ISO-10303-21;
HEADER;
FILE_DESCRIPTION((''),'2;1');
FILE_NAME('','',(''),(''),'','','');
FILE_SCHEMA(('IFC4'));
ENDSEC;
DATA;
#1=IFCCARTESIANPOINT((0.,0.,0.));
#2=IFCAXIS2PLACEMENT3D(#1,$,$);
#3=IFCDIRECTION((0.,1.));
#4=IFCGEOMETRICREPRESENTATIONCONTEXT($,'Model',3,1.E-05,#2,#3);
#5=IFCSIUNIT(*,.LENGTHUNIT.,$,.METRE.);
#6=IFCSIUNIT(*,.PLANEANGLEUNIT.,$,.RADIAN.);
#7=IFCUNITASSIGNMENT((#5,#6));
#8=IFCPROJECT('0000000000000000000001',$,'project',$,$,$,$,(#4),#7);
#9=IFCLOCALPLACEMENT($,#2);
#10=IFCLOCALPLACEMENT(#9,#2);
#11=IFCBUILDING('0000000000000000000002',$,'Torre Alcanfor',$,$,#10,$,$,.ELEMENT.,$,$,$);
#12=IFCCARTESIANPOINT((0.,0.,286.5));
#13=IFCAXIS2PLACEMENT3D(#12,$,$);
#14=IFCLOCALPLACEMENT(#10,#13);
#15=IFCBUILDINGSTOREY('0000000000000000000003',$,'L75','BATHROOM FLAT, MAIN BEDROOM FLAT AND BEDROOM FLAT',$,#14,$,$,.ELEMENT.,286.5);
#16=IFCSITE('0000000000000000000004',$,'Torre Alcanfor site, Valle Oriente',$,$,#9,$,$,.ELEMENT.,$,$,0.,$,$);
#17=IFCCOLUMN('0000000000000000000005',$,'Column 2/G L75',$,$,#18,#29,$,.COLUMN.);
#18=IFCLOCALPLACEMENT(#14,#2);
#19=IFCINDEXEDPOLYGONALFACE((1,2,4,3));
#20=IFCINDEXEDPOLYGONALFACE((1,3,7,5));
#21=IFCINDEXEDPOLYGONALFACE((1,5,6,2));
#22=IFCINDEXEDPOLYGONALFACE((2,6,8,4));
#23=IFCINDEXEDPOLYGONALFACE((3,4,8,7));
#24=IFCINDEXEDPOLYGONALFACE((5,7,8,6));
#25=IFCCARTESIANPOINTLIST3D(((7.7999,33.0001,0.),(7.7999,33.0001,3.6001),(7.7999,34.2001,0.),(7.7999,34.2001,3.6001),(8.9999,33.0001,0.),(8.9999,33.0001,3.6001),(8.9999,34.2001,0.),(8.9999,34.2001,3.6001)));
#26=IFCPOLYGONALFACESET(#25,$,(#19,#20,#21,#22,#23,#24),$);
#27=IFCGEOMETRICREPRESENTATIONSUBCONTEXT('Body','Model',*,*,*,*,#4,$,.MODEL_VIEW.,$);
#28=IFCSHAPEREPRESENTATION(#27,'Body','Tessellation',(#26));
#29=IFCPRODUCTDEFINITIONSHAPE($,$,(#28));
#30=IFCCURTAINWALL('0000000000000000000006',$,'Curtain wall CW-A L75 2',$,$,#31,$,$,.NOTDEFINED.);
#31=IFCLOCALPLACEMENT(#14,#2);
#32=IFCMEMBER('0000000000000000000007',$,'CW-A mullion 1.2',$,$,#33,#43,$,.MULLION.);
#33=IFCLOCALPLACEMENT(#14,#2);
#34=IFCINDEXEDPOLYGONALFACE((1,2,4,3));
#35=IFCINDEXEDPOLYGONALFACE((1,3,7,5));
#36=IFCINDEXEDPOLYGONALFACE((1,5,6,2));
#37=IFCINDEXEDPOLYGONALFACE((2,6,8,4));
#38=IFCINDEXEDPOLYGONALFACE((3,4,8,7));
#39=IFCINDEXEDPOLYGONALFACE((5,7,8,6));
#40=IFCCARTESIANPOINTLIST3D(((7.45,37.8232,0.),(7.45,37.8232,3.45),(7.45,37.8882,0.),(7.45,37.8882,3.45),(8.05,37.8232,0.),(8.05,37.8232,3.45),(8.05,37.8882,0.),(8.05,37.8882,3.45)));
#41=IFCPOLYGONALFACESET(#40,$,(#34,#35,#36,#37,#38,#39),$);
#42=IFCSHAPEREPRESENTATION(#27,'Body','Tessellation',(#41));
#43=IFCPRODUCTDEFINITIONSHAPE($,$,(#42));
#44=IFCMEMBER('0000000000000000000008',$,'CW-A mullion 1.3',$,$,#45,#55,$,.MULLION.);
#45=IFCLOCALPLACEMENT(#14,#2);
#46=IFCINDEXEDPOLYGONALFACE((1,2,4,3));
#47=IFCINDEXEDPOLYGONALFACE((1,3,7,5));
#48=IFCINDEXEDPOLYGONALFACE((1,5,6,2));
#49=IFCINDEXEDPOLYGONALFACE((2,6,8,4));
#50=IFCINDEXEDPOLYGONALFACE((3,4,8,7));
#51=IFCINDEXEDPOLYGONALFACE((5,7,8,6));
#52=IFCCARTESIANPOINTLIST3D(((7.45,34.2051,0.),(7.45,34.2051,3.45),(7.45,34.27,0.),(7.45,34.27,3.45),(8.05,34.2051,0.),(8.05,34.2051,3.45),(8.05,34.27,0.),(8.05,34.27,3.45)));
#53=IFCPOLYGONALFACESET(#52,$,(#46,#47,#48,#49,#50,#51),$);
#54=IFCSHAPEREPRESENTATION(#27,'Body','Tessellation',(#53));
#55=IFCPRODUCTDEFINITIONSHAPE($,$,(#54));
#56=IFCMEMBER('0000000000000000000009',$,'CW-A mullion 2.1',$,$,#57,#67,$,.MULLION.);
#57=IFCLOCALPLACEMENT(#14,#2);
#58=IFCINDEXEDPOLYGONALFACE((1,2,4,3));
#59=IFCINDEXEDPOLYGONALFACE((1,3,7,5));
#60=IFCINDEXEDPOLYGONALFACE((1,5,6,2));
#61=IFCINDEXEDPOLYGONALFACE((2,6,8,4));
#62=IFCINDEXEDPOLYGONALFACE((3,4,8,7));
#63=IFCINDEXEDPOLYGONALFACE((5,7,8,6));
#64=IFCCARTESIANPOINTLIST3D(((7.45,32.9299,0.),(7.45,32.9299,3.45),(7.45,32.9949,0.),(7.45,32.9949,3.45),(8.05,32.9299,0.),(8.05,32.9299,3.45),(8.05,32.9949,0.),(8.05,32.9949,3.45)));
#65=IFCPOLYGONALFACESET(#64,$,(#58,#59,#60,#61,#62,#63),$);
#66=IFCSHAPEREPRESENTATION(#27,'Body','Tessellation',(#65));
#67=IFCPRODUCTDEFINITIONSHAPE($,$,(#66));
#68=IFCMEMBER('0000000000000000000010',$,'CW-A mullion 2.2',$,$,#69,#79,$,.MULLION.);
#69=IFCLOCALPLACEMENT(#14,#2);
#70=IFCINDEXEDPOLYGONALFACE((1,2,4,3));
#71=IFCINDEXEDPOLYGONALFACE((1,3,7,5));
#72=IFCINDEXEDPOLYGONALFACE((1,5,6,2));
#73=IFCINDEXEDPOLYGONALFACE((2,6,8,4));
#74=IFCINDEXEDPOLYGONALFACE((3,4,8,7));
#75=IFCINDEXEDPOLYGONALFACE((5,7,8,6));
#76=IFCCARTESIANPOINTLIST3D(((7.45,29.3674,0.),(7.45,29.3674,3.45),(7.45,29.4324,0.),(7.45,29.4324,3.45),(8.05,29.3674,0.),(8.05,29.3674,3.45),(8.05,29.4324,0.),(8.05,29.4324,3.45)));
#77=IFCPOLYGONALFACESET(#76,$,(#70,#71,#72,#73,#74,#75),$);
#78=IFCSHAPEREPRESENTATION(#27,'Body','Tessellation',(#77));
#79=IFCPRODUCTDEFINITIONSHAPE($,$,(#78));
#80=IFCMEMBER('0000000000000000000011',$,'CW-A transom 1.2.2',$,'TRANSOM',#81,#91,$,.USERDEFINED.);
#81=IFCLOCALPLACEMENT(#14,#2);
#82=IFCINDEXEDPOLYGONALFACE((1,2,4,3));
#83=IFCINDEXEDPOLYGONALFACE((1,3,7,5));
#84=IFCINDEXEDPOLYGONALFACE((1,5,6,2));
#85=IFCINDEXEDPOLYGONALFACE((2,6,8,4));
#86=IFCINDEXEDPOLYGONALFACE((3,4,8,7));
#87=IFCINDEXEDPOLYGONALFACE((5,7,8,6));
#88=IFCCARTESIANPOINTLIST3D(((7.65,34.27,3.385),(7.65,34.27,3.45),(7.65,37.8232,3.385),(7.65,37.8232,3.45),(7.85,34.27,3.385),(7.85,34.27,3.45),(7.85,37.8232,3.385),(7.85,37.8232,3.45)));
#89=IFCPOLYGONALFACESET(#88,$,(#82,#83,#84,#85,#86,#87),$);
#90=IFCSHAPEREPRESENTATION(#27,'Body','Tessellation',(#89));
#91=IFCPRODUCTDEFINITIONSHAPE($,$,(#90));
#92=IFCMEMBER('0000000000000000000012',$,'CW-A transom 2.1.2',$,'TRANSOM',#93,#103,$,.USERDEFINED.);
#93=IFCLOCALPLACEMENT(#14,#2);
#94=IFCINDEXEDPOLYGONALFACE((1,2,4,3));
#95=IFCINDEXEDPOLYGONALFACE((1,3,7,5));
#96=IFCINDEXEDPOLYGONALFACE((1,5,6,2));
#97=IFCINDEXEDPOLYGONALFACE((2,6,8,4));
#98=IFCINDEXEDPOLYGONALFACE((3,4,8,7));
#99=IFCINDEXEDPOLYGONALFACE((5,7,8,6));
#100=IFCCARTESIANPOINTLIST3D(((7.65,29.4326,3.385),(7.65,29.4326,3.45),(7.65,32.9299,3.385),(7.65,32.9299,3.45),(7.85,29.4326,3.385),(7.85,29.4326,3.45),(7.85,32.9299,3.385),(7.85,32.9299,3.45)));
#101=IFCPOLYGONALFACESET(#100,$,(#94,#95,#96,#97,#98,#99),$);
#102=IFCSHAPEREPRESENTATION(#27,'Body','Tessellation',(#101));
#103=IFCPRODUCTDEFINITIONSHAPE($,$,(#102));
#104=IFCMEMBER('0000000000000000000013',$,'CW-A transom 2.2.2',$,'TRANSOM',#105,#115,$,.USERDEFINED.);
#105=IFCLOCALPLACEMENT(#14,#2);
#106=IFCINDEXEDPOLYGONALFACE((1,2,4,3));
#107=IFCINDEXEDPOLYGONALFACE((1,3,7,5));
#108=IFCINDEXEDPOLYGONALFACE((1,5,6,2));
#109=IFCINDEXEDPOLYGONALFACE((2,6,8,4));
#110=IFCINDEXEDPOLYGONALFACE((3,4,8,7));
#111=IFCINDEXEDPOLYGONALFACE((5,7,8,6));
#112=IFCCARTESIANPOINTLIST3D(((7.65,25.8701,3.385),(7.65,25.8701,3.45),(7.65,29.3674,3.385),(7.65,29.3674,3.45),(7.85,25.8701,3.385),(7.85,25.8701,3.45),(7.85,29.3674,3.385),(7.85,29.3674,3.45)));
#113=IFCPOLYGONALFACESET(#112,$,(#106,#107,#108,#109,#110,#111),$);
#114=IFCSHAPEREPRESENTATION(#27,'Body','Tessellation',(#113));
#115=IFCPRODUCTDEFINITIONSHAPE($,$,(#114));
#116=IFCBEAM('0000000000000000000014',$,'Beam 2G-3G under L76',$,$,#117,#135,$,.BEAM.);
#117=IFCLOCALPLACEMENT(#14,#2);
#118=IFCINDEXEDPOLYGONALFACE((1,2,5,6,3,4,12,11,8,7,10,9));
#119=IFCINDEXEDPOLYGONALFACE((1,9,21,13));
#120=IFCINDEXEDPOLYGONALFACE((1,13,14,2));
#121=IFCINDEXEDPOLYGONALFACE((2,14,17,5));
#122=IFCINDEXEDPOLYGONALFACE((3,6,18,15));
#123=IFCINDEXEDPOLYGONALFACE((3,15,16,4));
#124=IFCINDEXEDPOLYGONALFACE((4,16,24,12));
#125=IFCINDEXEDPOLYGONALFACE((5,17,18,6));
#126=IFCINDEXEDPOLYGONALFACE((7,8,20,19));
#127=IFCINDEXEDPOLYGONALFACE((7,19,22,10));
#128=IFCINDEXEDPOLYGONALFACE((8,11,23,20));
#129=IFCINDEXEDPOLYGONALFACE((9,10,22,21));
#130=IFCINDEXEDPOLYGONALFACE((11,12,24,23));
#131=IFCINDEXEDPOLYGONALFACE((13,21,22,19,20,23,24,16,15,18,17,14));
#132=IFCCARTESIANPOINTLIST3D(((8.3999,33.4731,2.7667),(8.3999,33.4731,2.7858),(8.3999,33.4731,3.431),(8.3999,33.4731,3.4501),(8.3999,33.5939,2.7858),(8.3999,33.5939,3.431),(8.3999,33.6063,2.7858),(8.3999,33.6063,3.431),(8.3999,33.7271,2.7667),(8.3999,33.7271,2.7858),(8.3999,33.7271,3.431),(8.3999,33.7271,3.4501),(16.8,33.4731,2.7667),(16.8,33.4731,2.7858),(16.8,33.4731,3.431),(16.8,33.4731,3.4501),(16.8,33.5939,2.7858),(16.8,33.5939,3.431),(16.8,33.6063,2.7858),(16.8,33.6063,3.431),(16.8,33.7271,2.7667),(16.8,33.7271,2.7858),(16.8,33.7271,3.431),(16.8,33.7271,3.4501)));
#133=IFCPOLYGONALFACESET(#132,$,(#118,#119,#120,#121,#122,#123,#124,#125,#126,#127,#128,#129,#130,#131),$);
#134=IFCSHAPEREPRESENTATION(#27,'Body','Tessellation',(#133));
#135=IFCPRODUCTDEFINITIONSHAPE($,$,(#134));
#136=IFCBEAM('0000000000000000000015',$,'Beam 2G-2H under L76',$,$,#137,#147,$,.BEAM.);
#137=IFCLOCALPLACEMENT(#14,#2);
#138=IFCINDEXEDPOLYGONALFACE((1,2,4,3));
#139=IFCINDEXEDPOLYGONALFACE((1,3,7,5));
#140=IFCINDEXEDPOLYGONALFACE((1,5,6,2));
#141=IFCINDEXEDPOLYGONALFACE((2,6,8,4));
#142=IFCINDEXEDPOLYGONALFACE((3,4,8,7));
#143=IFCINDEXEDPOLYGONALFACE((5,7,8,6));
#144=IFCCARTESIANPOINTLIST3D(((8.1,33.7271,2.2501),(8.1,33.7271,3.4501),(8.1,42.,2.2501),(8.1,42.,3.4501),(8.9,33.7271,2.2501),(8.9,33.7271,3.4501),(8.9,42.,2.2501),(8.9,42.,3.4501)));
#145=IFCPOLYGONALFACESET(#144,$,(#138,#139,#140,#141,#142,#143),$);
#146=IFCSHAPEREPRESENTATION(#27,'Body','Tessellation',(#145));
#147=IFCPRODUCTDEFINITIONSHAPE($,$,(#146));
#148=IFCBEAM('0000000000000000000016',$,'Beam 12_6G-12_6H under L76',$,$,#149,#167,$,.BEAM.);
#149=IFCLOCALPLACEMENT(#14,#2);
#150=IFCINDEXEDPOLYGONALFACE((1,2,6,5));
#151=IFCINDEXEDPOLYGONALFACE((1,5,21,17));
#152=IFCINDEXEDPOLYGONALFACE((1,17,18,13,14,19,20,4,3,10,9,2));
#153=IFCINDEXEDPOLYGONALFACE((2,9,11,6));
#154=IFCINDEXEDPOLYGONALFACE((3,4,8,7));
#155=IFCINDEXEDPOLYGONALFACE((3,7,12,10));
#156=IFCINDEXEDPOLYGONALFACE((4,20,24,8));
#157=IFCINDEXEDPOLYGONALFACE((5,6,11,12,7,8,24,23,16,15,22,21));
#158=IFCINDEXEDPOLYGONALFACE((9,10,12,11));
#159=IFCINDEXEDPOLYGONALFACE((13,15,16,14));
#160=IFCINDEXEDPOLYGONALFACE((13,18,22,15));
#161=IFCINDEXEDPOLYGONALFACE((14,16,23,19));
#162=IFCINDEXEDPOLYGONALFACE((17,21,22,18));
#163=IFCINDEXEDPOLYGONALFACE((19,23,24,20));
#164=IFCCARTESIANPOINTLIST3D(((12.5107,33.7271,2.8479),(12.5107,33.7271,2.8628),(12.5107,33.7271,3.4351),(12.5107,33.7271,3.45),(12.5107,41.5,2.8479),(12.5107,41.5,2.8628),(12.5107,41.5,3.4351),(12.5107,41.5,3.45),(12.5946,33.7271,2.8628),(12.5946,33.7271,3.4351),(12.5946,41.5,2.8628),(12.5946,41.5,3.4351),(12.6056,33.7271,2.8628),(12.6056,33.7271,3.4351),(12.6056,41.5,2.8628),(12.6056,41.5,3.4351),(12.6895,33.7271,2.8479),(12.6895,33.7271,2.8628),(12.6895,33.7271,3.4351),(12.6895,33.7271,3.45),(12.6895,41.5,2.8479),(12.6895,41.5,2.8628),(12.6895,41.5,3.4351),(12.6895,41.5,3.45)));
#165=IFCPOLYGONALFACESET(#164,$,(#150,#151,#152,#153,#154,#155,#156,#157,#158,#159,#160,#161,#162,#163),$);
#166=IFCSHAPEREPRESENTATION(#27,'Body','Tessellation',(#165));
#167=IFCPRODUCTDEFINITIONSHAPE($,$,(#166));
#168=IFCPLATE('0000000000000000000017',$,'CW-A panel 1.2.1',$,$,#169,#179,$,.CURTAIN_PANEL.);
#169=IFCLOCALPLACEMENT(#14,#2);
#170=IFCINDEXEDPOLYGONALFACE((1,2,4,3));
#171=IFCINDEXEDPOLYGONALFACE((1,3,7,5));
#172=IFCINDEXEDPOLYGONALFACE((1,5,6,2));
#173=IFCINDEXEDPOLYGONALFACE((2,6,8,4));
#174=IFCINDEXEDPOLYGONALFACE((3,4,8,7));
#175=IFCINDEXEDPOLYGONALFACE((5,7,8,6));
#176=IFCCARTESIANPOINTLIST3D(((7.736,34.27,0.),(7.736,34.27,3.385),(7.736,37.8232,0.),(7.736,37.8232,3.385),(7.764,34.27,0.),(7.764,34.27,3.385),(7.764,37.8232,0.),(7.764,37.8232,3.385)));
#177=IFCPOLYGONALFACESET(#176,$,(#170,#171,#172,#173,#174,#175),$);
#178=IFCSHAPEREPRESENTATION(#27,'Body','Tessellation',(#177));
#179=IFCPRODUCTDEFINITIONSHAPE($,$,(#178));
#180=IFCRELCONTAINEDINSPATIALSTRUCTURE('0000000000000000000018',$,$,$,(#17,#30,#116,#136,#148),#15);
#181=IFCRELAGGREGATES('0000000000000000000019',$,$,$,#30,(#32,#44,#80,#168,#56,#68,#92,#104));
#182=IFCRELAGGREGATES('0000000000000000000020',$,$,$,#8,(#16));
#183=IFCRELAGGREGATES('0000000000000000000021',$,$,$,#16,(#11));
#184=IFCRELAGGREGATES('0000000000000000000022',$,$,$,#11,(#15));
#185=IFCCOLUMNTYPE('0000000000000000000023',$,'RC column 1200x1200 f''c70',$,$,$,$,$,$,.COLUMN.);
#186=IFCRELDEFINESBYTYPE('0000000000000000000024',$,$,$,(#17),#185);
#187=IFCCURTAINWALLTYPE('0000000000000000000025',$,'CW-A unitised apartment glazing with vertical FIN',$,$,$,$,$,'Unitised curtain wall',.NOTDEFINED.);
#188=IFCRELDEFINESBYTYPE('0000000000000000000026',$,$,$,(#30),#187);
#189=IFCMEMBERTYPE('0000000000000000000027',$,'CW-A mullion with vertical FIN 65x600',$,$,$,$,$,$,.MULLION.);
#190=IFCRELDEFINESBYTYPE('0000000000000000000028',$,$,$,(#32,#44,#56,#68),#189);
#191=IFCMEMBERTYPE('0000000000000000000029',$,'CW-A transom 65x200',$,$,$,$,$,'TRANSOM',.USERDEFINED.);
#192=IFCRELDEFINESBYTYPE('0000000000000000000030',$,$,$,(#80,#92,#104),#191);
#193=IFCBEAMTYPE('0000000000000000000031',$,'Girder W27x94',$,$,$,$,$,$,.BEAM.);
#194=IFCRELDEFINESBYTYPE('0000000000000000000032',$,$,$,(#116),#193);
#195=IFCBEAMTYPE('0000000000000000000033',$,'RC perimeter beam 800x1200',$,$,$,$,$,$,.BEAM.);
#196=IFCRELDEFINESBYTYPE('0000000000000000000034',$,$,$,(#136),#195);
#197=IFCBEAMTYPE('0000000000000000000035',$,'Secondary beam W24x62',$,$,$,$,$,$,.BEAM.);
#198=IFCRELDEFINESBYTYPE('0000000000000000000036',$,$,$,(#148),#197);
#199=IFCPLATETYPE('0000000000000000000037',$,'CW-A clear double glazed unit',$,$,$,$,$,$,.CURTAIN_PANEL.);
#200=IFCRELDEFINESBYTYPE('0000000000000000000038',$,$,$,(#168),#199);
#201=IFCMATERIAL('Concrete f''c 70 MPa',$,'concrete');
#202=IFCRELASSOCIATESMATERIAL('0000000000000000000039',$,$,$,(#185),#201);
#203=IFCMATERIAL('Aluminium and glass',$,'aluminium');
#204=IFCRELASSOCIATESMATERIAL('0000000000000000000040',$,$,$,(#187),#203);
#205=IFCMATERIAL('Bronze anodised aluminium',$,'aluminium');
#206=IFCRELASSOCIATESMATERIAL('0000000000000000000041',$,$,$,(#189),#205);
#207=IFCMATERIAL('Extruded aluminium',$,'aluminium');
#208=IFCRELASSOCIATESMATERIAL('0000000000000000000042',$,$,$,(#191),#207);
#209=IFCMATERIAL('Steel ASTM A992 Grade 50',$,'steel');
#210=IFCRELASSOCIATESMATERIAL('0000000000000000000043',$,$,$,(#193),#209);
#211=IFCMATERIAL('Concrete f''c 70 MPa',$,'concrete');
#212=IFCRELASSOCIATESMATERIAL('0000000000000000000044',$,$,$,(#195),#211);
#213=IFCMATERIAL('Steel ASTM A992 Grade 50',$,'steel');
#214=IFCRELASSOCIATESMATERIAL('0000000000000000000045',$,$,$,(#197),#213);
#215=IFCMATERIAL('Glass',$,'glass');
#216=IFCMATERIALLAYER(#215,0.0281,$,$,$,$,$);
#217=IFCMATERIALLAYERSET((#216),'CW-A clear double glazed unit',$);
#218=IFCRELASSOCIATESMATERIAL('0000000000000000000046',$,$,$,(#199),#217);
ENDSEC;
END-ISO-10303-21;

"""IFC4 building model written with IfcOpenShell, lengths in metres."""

from ifc_helpers import new_model, si_unit, direction, frame, origin, origin_2d, place, context, subcontext, project, spatial, rectangle, i_section, extrude, material, layer, layer_set, material_profile, profile_set, type_object, element, aggregate, save


model = new_model("IFC4")

# Units and contexts
model_context = context("Model", 3, precision=1e-05, world=origin(), true_north=direction((0.0, 1.0)))
body_context = subcontext(model_context, "Body", "Model", "MODEL_VIEW")
ifc_project = project(units=[si_unit("LENGTHUNIT", "METRE"), si_unit("PLANEANGLEUNIT", "RADIAN")], contexts=[model_context])

# Site, building, storey
site_placement = place(None, origin())
site = spatial("IfcSite", under=ifc_project, at=site_placement, Name="Torre Alcanfor site, Valle Oriente", CompositionType="ELEMENT", RefElevation=0.0)
building_placement = place(site_placement, origin())
building = spatial("IfcBuilding", under=site, at=building_placement, Name="Torre Alcanfor", CompositionType="ELEMENT")
storey_placement = place(building_placement, frame((0.0, 0.0, 286.5)))
storey = spatial("IfcBuildingStorey", under=building, at=storey_placement, Name="L75", Description="BATHROOM FLAT, MAIN BEDROOM FLAT AND BEDROOM FLAT", CompositionType="ELEMENT", Elevation=286.5)

# Column
ifc_material_1 = material(Name="Concrete f'c 70 MPa", Category="concrete")
ifc_material_profile_1 = material_profile(ifc_material_1, rectangle(XDim=1.2, YDim=1.2, at=origin_2d()), Name="1200x1200")
ifc_profile_set_1 = profile_set([ifc_material_profile_1], Name="Concrete f'c 70 MPa")
column_type = type_object("IfcColumnType", Name="RC column 1200x1200 f'c70", PredefinedType="COLUMN", material=ifc_profile_set_1)
column_placement = place(storey_placement, frame((8.3999, 33.6001, 0.0), z_axis=(0.0, 0.0, 1.0), x_axis=(1.0, 0.0, 0.0)))
element("IfcColumn", 1, at=column_placement, inside=storey, type_object=column_type, Name="Column 2/G L75", PredefinedType="COLUMN", context=body_context, shape_type="SweptSolid", body=[
    extrude(rectangle(XDim=1.2, YDim=1.2, at=origin_2d()), origin(), (0.0, 0.0, 1.0), 3.6001),
])

# Curtain wall, members
ifc_material_2 = material(Name="Aluminium and glass", Category="aluminium")
curtain_wall_type = type_object("IfcCurtainWallType", Name="CW-A unitised apartment glazing with vertical FIN", ElementType="Unitised curtain wall", PredefinedType="NOTDEFINED", material=ifc_material_2)
curtain_wall_placement = place(storey_placement, origin())
curtain_wall = element("IfcCurtainWall", 2, at=curtain_wall_placement, inside=storey, type_object=curtain_wall_type, Name="Curtain wall CW-A L75 2", PredefinedType="NOTDEFINED")
ifc_material_3 = material(Name="Bronze anodised aluminium", Category="aluminium")
ifc_material_profile_2 = material_profile(ifc_material_3, rectangle(XDim=0.6001, YDim=0.0649, at=origin_2d()), Name="CW-A mullion 65x600")
ifc_profile_set_2 = profile_set([ifc_material_profile_2], Name="Bronze anodised aluminium")
member_type_1 = type_object("IfcMemberType", Name="CW-A mullion with vertical FIN 65x600", PredefinedType="MULLION", material=ifc_profile_set_2)
member_1_placement = place(storey_placement, frame((7.75, 37.8557, 0.0), z_axis=(0.0, 0.0, 1.0), x_axis=(1.0, 0.0, 0.0)))
member_1 = element("IfcMember", 3, at=member_1_placement, type_object=member_type_1, Name="CW-A mullion 1.2", PredefinedType="MULLION", context=body_context, shape_type="SweptSolid", body=[
    extrude(rectangle(XDim=0.6001, YDim=0.0649, at=origin_2d()), origin(), (0.0, 0.0, 1.0), 3.45),
])
member_2_placement = place(storey_placement, frame((7.75, 34.2375, 0.0), z_axis=(0.0, 0.0, 1.0), x_axis=(1.0, 0.0, 0.0)))
member_2 = element("IfcMember", 4, at=member_2_placement, type_object=member_type_1, Name="CW-A mullion 1.3", PredefinedType="MULLION", context=body_context, shape_type="SweptSolid", body=[
    extrude(rectangle(XDim=0.6001, YDim=0.0649, at=origin_2d()), origin(), (0.0, 0.0, 1.0), 3.45),
])
member_3_placement = place(storey_placement, frame((7.75, 32.9624, 0.0), z_axis=(0.0, 0.0, 1.0), x_axis=(1.0, 0.0, 0.0)))
member_3 = element("IfcMember", 5, at=member_3_placement, type_object=member_type_1, Name="CW-A mullion 2.1", PredefinedType="MULLION", context=body_context, shape_type="SweptSolid", body=[
    extrude(rectangle(XDim=0.6001, YDim=0.0649, at=origin_2d()), origin(), (0.0, 0.0, 1.0), 3.45),
])
member_4_placement = place(storey_placement, frame((7.75, 29.3999, 0.0), z_axis=(0.0, 0.0, 1.0), x_axis=(1.0, 0.0, 0.0)))
member_4 = element("IfcMember", 6, at=member_4_placement, type_object=member_type_1, Name="CW-A mullion 2.2", PredefinedType="MULLION", context=body_context, shape_type="SweptSolid", body=[
    extrude(rectangle(XDim=0.6001, YDim=0.0649, at=origin_2d()), origin(), (0.0, 0.0, 1.0), 3.45),
])
ifc_material_4 = material(Name="Extruded aluminium", Category="aluminium")
ifc_material_profile_3 = material_profile(ifc_material_4, rectangle(XDim=0.2, YDim=0.0649, at=origin_2d()), Name="CW-A transom 200x65")
ifc_profile_set_3 = profile_set([ifc_material_profile_3], Name="Extruded aluminium")
member_type_2 = type_object("IfcMemberType", Name="CW-A transom 65x200", ElementType="TRANSOM", PredefinedType="USERDEFINED", material=ifc_profile_set_3)
member_5_placement = place(storey_placement, frame((7.75, 37.8232, 3.4175), z_axis=(0.0, -1.0, 0.0), x_axis=(1.0, 0.0, 0.0)))
member_5 = element("IfcMember", 7, at=member_5_placement, type_object=member_type_2, Name="CW-A transom 1.2.2", ObjectType="TRANSOM", PredefinedType="USERDEFINED", context=body_context, shape_type="SweptSolid", body=[
    extrude(rectangle(XDim=0.2, YDim=0.0649, at=origin_2d()), origin(), (0.0, 0.0, 1.0), 3.5532),
])
member_6_placement = place(storey_placement, frame((7.75, 32.9299, 3.4175), z_axis=(0.0, -1.0, 0.0), x_axis=(1.0, 0.0, 0.0)))
member_6 = element("IfcMember", 8, at=member_6_placement, type_object=member_type_2, Name="CW-A transom 2.1.2", ObjectType="TRANSOM", PredefinedType="USERDEFINED", context=body_context, shape_type="SweptSolid", body=[
    extrude(rectangle(XDim=0.2, YDim=0.0649, at=origin_2d()), origin(), (0.0, 0.0, 1.0), 3.4973),
])
member_7_placement = place(storey_placement, frame((7.75, 29.3674, 3.4175), z_axis=(0.0, -1.0, 0.0), x_axis=(1.0, 0.0, 0.0)))
member_7 = element("IfcMember", 9, at=member_7_placement, type_object=member_type_2, Name="CW-A transom 2.2.2", ObjectType="TRANSOM", PredefinedType="USERDEFINED", context=body_context, shape_type="SweptSolid", body=[
    extrude(rectangle(XDim=0.2, YDim=0.0649, at=origin_2d()), origin(), (0.0, 0.0, 1.0), 3.4973),
])

# Beams
ifc_material_5 = material(Name="Steel ASTM A992 Grade 50", Category="steel")
ifc_material_profile_4 = material_profile(ifc_material_5, i_section(OverallWidth=0.2539, OverallDepth=0.6833, WebThickness=0.0125, FlangeThickness=0.019, at=origin_2d()), Name="W27x94")
ifc_profile_set_4 = profile_set([ifc_material_profile_4], Name="Steel ASTM A992 Grade 50")
beam_type_1 = type_object("IfcBeamType", Name="Girder W27x94", PredefinedType="BEAM", material=ifc_profile_set_4)
beam_1_placement = place(storey_placement, frame((8.3999, 33.6001, 3.1084), z_axis=(1.0, 0.0, 0.0), x_axis=(0.0, 1.0, 0.0)))
element("IfcBeam", 10, at=beam_1_placement, inside=storey, type_object=beam_type_1, Name="Beam 2G-3G under L76", PredefinedType="BEAM", context=body_context, shape_type="SweptSolid", body=[
    extrude(i_section(OverallWidth=0.2539, OverallDepth=0.6833, WebThickness=0.0125, FlangeThickness=0.019, at=origin_2d()), origin(), (0.0, 0.0, 1.0), 8.4001),
])
ifc_material_6 = material(Name="Concrete f'c 70 MPa", Category="concrete")
ifc_material_profile_5 = material_profile(ifc_material_6, rectangle(XDim=0.8, YDim=1.2, at=origin_2d()), Name="800x1200")
ifc_profile_set_5 = profile_set([ifc_material_profile_5], Name="Concrete f'c 70 MPa")
beam_type_2 = type_object("IfcBeamType", Name="RC perimeter beam 800x1200", PredefinedType="BEAM", material=ifc_profile_set_5)
beam_2_placement = place(storey_placement, frame((8.5, 33.7271, 2.8501), z_axis=(0.0, 1.0, 0.0), x_axis=(-1.0, 0.0, 0.0)))
element("IfcBeam", 11, at=beam_2_placement, inside=storey, type_object=beam_type_2, Name="Beam 2G-2H under L76", PredefinedType="BEAM", context=body_context, shape_type="SweptSolid", body=[
    extrude(rectangle(XDim=0.8, YDim=1.2, at=origin_2d()), origin(), (0.0, 0.0, 1.0), 8.2729),
])
ifc_material_7 = material(Name="Steel ASTM A992 Grade 50", Category="steel")
ifc_material_profile_6 = material_profile(ifc_material_7, i_section(OverallWidth=0.1787, OverallDepth=0.6021, WebThickness=0.011, FlangeThickness=0.0149, at=origin_2d()), Name="W24x62")
ifc_profile_set_6 = profile_set([ifc_material_profile_6], Name="Steel ASTM A992 Grade 50")
beam_type_3 = type_object("IfcBeamType", Name="Secondary beam W24x62", PredefinedType="BEAM", material=ifc_profile_set_6)
beam_3_placement = place(storey_placement, frame((12.6001, 33.7271, 3.1489), z_axis=(0.0, 1.0, 0.0), x_axis=(-1.0, 0.0, 0.0)))
element("IfcBeam", 12, at=beam_3_placement, inside=storey, type_object=beam_type_3, Name="Beam 12_6G-12_6H under L76", PredefinedType="BEAM", context=body_context, shape_type="SweptSolid", body=[
    extrude(i_section(OverallWidth=0.1787, OverallDepth=0.6021, WebThickness=0.011, FlangeThickness=0.0149, at=origin_2d()), origin(), (0.0, 0.0, 1.0), 7.7729),
])

# Plate
ifc_material_8 = material(Name="Glass", Category="glass")
ifc_layer_1 = layer(ifc_material_8, 0.0281)
ifc_layer_set_1 = layer_set([ifc_layer_1], Name="CW-A clear double glazed unit")
plate_type = type_object("IfcPlateType", Name="CW-A clear double glazed unit", PredefinedType="CURTAIN_PANEL", material=ifc_layer_set_1)
plate_1_placement = place(storey_placement, frame((7.75, 36.0466, 0.0), z_axis=(0.0, 0.0, 1.0), x_axis=(0.0, -1.0, 0.0)))
plate_1 = element("IfcPlate", 13, at=plate_1_placement, type_object=plate_type, Name="CW-A panel 1.2.1", PredefinedType="CURTAIN_PANEL", context=body_context, shape_type="SweptSolid", body=[
    extrude(rectangle(XDim=3.5532, YDim=0.0281, at=origin_2d()), origin(), (0.0, 0.0, 1.0), 3.385),
])
aggregate(curtain_wall, [member_1, member_2, member_5, plate_1, member_3, member_4, member_6, member_7])

save(model, "model.ifc")
